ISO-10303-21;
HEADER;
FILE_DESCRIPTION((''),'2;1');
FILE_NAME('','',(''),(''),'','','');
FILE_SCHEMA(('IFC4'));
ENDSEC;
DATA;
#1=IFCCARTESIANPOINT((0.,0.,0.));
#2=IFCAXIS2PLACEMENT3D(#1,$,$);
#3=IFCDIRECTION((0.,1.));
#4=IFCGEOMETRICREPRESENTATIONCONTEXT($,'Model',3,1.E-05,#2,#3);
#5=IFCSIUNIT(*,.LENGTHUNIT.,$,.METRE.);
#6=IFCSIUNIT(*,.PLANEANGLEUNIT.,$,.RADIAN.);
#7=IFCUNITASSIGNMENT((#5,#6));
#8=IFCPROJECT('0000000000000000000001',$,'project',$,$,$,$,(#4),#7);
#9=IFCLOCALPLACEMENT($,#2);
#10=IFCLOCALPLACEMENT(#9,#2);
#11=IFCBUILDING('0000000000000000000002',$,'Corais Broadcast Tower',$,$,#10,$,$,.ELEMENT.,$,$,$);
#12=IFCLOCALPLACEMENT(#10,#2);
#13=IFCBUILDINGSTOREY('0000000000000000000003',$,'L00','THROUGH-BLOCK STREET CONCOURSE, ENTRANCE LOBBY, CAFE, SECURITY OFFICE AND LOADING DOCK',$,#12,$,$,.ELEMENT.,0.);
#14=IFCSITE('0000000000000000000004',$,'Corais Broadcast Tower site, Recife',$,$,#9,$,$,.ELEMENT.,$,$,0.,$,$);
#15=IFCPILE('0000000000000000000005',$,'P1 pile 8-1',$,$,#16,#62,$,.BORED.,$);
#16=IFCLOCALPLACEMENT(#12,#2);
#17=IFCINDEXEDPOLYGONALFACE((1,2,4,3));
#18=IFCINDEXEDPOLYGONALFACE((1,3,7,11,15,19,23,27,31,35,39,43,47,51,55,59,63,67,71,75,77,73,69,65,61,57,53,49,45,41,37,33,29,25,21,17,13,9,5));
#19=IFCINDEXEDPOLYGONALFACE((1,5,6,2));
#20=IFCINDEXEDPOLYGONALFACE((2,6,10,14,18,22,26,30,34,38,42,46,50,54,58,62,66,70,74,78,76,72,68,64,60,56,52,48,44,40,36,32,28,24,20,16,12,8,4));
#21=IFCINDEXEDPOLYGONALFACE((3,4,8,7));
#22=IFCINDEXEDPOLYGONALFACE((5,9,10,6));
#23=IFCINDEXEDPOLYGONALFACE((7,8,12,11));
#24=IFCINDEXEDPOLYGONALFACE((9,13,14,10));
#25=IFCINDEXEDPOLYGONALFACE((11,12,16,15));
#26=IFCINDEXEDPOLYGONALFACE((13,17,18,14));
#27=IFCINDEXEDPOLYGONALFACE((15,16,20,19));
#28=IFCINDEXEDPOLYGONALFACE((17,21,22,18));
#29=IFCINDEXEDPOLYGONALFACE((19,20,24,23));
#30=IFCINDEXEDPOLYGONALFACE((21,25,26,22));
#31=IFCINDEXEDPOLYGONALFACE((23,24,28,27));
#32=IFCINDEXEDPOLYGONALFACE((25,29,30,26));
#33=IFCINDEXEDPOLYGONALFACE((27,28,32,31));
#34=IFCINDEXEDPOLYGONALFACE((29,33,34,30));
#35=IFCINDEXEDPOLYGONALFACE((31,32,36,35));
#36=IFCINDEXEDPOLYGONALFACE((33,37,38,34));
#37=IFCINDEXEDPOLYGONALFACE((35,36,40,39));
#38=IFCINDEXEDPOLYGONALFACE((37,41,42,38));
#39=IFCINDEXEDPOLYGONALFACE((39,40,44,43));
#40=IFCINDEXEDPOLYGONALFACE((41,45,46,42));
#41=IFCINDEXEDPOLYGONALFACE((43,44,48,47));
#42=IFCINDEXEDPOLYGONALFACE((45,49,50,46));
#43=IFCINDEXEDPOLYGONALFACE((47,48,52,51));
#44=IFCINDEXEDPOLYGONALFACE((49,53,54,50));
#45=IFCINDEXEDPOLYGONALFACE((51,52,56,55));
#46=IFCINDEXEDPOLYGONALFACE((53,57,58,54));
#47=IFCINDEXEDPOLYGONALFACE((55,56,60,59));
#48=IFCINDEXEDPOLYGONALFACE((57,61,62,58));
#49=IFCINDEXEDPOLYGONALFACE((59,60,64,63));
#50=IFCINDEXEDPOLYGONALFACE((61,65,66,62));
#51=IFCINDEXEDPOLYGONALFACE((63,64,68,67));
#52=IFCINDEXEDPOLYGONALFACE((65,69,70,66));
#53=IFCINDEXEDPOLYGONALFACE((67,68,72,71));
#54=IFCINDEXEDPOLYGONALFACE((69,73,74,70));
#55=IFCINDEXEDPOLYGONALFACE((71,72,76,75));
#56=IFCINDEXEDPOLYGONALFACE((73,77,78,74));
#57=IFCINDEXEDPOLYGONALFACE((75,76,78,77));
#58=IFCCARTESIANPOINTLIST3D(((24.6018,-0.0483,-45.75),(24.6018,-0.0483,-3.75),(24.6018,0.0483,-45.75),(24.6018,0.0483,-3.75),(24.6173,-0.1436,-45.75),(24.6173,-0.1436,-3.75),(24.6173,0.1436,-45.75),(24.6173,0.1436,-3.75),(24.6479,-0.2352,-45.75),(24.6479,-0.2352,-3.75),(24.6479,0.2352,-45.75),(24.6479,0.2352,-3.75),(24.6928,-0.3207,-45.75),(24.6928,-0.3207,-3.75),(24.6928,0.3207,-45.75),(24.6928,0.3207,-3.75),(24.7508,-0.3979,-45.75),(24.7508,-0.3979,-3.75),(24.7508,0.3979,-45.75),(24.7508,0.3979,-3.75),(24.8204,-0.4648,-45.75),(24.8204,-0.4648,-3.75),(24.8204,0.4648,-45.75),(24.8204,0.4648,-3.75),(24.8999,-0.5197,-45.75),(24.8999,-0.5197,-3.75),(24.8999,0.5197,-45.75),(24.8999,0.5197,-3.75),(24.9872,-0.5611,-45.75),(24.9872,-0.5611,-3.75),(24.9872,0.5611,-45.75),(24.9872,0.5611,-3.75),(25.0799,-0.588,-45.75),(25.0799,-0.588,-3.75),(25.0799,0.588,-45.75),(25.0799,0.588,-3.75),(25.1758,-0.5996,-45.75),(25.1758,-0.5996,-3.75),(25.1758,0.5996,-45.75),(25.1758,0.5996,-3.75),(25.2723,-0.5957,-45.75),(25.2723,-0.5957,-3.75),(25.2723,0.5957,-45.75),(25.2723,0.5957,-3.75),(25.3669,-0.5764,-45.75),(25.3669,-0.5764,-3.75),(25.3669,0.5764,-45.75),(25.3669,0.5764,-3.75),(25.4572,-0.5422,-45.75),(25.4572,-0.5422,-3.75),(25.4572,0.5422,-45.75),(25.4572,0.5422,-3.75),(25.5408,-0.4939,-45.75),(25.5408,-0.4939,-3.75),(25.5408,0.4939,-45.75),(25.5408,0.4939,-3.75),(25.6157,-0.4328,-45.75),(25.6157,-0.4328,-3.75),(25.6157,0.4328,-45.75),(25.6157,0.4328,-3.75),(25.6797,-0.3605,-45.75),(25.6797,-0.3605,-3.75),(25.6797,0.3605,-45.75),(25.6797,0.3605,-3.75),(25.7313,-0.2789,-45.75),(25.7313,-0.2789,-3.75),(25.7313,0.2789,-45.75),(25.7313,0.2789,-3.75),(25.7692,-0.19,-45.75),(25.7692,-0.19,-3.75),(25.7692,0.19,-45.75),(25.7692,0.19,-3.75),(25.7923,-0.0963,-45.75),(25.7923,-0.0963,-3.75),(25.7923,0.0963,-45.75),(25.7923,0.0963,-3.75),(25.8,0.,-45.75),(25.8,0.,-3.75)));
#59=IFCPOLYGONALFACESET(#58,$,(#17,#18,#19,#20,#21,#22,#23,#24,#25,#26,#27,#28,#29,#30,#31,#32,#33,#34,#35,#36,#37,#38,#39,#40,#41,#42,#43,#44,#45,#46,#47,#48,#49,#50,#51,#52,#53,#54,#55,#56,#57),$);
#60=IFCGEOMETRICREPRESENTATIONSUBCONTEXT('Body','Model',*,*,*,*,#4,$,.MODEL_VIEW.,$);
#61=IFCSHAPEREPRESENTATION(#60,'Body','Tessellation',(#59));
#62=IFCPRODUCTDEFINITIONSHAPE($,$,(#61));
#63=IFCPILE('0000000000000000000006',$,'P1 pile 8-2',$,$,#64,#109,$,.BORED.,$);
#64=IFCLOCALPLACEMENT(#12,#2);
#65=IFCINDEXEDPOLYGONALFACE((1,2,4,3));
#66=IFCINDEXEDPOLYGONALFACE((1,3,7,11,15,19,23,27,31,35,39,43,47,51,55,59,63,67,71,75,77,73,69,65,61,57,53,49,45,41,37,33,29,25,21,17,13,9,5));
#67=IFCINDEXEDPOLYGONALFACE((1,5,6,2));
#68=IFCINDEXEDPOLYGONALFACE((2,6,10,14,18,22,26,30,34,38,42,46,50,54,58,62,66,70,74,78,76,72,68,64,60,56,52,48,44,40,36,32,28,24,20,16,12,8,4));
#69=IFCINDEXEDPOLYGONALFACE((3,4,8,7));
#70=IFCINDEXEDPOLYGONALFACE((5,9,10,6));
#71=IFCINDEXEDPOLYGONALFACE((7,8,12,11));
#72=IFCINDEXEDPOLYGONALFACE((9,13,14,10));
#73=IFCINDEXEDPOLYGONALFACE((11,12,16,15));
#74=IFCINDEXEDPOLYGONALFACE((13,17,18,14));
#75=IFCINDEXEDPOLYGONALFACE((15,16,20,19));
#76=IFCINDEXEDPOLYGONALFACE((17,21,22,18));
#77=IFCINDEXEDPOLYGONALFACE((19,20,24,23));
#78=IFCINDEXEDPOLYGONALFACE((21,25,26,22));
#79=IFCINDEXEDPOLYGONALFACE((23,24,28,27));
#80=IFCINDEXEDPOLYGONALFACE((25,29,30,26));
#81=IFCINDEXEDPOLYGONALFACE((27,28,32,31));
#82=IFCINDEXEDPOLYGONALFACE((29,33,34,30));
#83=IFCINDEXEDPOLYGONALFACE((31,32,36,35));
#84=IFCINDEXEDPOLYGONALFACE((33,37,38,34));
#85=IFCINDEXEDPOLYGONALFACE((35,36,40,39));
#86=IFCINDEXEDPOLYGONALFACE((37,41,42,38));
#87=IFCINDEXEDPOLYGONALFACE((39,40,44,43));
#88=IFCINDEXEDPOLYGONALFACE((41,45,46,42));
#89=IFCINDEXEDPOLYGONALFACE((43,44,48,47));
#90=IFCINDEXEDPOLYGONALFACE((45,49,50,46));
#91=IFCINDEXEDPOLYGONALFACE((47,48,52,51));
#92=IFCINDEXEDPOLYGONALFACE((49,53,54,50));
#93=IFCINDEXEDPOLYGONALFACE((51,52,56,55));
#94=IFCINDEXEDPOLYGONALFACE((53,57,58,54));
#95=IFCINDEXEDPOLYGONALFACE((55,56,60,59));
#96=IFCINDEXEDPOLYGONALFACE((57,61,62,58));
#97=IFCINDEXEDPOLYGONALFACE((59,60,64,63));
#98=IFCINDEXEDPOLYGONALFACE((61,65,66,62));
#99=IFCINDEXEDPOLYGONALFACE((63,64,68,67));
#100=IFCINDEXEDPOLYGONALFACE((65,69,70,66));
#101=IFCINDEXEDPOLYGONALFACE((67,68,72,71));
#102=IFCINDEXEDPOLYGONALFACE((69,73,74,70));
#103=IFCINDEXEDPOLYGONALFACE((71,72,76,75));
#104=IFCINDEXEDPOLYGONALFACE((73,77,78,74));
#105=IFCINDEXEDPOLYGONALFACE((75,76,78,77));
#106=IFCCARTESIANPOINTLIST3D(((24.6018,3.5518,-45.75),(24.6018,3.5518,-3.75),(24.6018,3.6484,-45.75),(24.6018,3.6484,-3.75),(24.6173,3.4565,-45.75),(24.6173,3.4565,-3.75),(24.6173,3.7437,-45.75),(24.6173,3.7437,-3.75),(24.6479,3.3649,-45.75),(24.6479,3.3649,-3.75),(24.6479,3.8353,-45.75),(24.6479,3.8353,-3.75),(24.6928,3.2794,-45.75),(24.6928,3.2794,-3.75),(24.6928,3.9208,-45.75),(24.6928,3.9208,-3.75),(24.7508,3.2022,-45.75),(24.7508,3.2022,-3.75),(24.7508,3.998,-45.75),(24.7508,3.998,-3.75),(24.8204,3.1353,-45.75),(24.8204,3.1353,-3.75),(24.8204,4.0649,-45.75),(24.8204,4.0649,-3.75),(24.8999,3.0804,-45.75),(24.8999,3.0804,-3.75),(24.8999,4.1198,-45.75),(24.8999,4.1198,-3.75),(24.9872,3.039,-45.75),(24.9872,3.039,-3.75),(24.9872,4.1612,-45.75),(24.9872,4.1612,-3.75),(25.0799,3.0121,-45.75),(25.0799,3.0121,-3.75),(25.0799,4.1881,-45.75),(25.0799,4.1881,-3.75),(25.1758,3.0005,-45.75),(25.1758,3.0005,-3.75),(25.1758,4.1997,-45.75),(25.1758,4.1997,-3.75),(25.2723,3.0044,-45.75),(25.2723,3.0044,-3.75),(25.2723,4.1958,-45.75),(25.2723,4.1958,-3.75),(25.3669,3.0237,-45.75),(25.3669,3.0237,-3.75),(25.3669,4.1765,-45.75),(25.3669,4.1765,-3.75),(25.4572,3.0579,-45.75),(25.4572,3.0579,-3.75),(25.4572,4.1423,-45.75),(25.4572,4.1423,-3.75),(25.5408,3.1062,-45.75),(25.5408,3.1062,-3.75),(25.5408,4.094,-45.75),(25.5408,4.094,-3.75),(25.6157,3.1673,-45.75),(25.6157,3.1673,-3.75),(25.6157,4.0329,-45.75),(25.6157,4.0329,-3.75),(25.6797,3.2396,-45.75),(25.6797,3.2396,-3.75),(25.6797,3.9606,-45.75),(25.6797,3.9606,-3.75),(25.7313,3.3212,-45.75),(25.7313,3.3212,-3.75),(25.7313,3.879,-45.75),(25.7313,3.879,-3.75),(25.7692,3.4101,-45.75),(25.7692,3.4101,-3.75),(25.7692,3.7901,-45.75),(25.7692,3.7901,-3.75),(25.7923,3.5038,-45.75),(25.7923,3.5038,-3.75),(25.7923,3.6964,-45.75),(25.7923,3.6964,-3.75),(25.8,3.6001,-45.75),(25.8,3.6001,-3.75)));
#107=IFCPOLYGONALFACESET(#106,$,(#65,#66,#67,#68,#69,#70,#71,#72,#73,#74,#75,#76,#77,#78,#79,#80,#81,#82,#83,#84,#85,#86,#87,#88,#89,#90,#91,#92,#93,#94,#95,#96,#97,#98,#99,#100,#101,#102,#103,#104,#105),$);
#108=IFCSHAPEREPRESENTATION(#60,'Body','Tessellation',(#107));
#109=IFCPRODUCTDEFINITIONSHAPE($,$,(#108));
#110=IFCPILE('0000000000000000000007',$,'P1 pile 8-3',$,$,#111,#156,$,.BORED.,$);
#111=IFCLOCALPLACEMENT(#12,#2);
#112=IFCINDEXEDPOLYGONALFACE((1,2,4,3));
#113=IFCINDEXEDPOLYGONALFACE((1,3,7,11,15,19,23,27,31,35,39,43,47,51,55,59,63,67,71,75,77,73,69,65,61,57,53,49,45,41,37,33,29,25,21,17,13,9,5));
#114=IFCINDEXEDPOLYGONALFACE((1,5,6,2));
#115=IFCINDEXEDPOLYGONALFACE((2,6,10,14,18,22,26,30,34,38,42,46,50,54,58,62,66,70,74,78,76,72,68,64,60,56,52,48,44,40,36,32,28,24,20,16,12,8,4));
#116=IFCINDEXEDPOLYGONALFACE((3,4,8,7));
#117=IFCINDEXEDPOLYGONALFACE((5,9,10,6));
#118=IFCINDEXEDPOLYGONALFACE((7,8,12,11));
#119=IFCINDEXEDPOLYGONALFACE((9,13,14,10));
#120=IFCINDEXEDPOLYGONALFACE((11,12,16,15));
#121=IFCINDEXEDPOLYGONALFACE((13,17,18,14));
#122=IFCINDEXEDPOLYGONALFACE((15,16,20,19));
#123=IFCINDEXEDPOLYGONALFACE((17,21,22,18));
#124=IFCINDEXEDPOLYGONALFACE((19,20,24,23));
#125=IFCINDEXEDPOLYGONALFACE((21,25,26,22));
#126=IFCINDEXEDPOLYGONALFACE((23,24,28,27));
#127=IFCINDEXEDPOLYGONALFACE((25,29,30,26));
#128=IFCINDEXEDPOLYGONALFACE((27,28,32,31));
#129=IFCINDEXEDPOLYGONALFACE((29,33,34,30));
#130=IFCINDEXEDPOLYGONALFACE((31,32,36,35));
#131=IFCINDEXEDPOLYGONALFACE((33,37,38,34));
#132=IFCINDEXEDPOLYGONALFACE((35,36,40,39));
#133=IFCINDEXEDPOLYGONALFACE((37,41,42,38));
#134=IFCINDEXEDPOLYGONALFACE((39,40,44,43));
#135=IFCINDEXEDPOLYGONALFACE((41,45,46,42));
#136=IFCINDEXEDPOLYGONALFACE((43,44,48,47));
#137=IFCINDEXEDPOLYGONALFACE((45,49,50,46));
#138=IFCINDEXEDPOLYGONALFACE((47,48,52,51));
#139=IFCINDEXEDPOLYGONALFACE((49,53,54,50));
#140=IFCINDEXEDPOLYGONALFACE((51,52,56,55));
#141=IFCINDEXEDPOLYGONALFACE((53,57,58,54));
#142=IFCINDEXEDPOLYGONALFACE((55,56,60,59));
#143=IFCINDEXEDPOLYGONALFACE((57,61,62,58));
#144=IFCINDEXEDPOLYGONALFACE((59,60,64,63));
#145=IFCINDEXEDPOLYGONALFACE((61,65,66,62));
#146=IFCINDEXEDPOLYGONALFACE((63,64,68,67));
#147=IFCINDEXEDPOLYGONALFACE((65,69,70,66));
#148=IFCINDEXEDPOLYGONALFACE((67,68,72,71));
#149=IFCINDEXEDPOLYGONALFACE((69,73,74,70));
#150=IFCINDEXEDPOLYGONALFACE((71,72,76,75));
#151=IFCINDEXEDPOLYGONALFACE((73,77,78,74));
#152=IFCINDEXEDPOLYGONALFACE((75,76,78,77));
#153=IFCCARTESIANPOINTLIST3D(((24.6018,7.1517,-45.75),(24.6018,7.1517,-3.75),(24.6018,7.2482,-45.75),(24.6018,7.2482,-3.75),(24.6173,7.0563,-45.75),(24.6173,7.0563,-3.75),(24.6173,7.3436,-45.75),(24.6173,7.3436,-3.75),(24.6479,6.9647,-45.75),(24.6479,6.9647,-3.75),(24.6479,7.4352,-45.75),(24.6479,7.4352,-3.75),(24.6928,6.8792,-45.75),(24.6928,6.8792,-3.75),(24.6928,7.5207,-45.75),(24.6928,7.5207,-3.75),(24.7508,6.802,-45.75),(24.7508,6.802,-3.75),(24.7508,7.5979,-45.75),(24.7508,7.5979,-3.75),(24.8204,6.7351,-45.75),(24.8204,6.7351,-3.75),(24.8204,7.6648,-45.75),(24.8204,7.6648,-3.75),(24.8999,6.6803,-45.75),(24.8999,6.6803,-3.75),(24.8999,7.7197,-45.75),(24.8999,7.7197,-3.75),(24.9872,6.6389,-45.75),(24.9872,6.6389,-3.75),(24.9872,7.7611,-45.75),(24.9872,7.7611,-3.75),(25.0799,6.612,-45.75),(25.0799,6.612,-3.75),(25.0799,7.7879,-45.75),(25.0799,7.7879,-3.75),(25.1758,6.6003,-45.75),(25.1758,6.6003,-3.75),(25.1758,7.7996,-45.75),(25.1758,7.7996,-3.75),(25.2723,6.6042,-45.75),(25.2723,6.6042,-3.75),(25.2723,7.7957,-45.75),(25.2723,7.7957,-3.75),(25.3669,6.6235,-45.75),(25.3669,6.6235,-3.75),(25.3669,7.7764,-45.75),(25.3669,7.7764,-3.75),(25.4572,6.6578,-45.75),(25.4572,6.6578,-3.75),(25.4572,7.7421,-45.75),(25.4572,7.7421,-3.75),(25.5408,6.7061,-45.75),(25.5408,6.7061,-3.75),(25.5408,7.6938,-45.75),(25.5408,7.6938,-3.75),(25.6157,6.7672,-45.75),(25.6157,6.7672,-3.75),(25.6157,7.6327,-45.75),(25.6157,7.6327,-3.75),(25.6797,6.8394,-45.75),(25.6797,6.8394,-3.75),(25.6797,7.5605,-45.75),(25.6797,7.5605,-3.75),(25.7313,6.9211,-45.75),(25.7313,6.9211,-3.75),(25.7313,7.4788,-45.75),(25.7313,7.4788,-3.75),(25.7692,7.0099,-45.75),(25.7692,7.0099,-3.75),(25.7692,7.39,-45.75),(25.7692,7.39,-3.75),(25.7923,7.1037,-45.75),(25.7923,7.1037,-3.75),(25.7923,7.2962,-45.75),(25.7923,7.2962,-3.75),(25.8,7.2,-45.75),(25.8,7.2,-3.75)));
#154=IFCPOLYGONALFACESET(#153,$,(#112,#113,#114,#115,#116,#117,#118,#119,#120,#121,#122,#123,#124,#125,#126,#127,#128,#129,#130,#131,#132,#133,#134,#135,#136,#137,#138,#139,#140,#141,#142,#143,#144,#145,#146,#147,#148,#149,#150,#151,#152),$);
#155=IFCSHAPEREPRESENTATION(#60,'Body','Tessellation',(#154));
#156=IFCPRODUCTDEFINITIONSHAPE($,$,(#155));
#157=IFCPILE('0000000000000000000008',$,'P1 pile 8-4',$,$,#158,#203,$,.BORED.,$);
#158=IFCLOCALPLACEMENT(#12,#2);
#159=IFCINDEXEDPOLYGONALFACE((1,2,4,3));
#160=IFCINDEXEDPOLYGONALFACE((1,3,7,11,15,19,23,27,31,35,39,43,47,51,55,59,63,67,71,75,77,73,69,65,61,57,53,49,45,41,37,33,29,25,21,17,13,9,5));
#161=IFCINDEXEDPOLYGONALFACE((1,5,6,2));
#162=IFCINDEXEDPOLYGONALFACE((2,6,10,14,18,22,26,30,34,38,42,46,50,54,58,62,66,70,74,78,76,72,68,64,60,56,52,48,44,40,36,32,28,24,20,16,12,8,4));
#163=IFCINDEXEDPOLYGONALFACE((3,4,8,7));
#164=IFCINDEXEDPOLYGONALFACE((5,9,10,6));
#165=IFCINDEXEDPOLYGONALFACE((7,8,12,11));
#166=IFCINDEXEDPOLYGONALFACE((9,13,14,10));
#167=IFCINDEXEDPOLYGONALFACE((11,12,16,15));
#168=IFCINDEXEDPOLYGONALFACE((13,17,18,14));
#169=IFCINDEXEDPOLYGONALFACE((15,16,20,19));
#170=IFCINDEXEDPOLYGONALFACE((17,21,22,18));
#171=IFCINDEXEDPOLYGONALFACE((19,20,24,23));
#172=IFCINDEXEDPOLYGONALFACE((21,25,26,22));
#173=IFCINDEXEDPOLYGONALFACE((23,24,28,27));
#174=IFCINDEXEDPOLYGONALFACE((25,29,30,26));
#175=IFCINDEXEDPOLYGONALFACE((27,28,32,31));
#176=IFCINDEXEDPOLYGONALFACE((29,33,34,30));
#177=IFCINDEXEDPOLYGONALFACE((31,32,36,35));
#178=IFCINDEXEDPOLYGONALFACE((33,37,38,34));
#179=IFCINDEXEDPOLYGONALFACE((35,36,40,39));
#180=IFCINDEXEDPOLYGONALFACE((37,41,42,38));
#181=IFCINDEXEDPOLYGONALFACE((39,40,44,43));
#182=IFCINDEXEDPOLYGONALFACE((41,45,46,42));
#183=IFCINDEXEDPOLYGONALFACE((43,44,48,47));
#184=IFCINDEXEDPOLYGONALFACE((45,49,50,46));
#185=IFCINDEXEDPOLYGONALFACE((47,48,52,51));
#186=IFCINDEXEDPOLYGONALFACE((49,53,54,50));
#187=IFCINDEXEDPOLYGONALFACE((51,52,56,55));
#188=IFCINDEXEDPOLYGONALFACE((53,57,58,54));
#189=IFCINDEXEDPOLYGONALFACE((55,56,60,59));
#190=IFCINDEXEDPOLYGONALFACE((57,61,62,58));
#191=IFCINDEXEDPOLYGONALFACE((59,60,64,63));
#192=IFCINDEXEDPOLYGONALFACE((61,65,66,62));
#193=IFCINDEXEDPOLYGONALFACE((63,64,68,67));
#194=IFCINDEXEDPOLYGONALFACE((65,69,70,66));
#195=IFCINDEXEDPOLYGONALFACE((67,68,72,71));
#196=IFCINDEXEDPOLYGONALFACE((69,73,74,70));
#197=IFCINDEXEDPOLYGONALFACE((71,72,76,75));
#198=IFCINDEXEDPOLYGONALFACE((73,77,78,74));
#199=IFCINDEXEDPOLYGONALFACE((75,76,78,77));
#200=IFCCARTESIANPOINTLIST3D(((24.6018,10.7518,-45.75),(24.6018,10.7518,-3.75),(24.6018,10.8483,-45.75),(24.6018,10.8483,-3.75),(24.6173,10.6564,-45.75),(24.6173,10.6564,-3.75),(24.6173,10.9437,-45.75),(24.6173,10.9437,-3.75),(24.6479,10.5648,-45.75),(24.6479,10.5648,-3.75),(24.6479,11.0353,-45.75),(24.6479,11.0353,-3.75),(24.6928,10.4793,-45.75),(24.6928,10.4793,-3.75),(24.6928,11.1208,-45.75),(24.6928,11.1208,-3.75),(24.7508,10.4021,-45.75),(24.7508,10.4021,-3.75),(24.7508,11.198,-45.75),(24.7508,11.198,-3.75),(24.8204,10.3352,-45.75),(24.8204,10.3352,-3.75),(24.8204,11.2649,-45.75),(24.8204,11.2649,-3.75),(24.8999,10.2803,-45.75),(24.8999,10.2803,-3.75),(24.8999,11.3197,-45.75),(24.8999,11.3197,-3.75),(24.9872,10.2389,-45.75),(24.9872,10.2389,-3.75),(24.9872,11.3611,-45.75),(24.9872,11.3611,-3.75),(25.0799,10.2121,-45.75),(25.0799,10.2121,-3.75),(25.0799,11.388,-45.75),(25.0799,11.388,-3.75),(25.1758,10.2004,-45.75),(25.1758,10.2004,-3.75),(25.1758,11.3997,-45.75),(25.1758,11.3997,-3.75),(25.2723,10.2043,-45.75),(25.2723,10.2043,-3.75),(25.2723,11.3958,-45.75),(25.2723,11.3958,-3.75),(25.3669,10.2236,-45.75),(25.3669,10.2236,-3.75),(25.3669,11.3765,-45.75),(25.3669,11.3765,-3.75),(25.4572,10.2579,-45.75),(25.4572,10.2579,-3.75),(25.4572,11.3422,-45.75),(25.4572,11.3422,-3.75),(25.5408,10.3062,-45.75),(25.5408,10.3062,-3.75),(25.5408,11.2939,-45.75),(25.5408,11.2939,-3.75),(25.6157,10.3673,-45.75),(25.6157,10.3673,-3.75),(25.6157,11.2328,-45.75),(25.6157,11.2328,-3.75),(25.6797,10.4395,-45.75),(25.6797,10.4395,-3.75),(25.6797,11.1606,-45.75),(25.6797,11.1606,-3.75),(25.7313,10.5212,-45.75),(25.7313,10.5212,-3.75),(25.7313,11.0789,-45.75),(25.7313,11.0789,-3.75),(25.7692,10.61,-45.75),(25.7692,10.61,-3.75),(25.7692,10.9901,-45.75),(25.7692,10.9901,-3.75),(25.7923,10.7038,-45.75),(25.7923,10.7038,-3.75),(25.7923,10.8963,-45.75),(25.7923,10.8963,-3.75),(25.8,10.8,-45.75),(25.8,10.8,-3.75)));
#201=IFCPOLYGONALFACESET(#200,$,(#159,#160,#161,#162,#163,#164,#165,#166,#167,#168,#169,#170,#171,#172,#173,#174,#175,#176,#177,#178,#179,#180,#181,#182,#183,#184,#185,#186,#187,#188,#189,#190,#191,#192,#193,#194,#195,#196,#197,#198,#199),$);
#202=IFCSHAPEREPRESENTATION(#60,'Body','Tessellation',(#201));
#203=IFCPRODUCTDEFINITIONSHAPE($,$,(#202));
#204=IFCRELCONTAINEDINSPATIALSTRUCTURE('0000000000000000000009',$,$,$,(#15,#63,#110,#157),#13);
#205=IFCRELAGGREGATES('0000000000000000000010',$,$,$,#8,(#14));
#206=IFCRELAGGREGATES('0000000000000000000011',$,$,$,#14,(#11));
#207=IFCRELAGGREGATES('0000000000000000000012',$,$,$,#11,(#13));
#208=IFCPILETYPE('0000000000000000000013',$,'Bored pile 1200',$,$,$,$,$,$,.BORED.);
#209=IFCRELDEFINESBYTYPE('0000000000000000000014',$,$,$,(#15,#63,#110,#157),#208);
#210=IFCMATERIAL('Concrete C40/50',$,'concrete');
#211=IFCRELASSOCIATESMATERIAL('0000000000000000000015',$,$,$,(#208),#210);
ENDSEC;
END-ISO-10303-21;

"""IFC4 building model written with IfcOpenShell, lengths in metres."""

from ifc_helpers import new_model, si_unit, direction, frame, origin, origin_2d, place, context, subcontext, project, spatial, circle, extrude, material, type_object, element, save


model = new_model("IFC4")

# Units and contexts
model_context = context("Model", 3, precision=1e-05, world=origin(), true_north=direction((0.0, 1.0)))
body_context = subcontext(model_context, "Body", "Model", "MODEL_VIEW")
ifc_project = project(units=[si_unit("LENGTHUNIT", "METRE"), si_unit("PLANEANGLEUNIT", "RADIAN")], contexts=[model_context])

# Site, building, storey
site_placement = place(None, origin())
site = spatial("IfcSite", under=ifc_project, at=site_placement, Name="Corais Broadcast Tower site, Recife", CompositionType="ELEMENT", RefElevation=0.0)
building_placement = place(site_placement, origin())
building = spatial("IfcBuilding", under=site, at=building_placement, Name="Corais Broadcast Tower", CompositionType="ELEMENT")
storey_placement = place(building_placement, origin())
storey = spatial("IfcBuildingStorey", under=building, at=storey_placement, Name="L00", Description="THROUGH-BLOCK STREET CONCOURSE, ENTRANCE LOBBY, CAFE, SECURITY OFFICE AND LOADING DOCK", CompositionType="ELEMENT", Elevation=0.0)

# Piles
ifc_material_1 = material(Name="Concrete C40/50", Category="concrete")
pile_type = type_object("IfcPileType", Name="Bored pile 1200", PredefinedType="BORED", material=ifc_material_1)
for number, where, z_axis, x_axis, name in (
    (1, (25.2, 0.0, -3.75), (0.0, 0.0, -1.0), (1.0, 0.0, 0.0), "P1 pile 8-1"),
    (2, (25.2, 3.6001, -3.75), (0.0, 0.0, -1.0), (1.0, 0.0, 0.0), "P1 pile 8-2"),
    (3, (25.2, 7.2, -3.75), (0.0, 0.0, -1.0), (1.0, 0.0, 0.0), "P1 pile 8-3"),
    (4, (25.2, 10.8, -3.75), (0.0, 0.0, -1.0), (1.0, 0.0, 0.0), "P1 pile 8-4"),
):
    element("IfcPile", number, at=place(storey_placement, frame(where, z_axis=z_axis, x_axis=x_axis)), inside=storey, type_object=pile_type, Name=name, PredefinedType="BORED", context=body_context, shape_type="SweptSolid", body=[
        extrude(circle(Radius=0.6001, at=origin_2d()), origin(), (0.0, 0.0, 1.0), 42.0),
    ])

save(model, "model.ifc")
